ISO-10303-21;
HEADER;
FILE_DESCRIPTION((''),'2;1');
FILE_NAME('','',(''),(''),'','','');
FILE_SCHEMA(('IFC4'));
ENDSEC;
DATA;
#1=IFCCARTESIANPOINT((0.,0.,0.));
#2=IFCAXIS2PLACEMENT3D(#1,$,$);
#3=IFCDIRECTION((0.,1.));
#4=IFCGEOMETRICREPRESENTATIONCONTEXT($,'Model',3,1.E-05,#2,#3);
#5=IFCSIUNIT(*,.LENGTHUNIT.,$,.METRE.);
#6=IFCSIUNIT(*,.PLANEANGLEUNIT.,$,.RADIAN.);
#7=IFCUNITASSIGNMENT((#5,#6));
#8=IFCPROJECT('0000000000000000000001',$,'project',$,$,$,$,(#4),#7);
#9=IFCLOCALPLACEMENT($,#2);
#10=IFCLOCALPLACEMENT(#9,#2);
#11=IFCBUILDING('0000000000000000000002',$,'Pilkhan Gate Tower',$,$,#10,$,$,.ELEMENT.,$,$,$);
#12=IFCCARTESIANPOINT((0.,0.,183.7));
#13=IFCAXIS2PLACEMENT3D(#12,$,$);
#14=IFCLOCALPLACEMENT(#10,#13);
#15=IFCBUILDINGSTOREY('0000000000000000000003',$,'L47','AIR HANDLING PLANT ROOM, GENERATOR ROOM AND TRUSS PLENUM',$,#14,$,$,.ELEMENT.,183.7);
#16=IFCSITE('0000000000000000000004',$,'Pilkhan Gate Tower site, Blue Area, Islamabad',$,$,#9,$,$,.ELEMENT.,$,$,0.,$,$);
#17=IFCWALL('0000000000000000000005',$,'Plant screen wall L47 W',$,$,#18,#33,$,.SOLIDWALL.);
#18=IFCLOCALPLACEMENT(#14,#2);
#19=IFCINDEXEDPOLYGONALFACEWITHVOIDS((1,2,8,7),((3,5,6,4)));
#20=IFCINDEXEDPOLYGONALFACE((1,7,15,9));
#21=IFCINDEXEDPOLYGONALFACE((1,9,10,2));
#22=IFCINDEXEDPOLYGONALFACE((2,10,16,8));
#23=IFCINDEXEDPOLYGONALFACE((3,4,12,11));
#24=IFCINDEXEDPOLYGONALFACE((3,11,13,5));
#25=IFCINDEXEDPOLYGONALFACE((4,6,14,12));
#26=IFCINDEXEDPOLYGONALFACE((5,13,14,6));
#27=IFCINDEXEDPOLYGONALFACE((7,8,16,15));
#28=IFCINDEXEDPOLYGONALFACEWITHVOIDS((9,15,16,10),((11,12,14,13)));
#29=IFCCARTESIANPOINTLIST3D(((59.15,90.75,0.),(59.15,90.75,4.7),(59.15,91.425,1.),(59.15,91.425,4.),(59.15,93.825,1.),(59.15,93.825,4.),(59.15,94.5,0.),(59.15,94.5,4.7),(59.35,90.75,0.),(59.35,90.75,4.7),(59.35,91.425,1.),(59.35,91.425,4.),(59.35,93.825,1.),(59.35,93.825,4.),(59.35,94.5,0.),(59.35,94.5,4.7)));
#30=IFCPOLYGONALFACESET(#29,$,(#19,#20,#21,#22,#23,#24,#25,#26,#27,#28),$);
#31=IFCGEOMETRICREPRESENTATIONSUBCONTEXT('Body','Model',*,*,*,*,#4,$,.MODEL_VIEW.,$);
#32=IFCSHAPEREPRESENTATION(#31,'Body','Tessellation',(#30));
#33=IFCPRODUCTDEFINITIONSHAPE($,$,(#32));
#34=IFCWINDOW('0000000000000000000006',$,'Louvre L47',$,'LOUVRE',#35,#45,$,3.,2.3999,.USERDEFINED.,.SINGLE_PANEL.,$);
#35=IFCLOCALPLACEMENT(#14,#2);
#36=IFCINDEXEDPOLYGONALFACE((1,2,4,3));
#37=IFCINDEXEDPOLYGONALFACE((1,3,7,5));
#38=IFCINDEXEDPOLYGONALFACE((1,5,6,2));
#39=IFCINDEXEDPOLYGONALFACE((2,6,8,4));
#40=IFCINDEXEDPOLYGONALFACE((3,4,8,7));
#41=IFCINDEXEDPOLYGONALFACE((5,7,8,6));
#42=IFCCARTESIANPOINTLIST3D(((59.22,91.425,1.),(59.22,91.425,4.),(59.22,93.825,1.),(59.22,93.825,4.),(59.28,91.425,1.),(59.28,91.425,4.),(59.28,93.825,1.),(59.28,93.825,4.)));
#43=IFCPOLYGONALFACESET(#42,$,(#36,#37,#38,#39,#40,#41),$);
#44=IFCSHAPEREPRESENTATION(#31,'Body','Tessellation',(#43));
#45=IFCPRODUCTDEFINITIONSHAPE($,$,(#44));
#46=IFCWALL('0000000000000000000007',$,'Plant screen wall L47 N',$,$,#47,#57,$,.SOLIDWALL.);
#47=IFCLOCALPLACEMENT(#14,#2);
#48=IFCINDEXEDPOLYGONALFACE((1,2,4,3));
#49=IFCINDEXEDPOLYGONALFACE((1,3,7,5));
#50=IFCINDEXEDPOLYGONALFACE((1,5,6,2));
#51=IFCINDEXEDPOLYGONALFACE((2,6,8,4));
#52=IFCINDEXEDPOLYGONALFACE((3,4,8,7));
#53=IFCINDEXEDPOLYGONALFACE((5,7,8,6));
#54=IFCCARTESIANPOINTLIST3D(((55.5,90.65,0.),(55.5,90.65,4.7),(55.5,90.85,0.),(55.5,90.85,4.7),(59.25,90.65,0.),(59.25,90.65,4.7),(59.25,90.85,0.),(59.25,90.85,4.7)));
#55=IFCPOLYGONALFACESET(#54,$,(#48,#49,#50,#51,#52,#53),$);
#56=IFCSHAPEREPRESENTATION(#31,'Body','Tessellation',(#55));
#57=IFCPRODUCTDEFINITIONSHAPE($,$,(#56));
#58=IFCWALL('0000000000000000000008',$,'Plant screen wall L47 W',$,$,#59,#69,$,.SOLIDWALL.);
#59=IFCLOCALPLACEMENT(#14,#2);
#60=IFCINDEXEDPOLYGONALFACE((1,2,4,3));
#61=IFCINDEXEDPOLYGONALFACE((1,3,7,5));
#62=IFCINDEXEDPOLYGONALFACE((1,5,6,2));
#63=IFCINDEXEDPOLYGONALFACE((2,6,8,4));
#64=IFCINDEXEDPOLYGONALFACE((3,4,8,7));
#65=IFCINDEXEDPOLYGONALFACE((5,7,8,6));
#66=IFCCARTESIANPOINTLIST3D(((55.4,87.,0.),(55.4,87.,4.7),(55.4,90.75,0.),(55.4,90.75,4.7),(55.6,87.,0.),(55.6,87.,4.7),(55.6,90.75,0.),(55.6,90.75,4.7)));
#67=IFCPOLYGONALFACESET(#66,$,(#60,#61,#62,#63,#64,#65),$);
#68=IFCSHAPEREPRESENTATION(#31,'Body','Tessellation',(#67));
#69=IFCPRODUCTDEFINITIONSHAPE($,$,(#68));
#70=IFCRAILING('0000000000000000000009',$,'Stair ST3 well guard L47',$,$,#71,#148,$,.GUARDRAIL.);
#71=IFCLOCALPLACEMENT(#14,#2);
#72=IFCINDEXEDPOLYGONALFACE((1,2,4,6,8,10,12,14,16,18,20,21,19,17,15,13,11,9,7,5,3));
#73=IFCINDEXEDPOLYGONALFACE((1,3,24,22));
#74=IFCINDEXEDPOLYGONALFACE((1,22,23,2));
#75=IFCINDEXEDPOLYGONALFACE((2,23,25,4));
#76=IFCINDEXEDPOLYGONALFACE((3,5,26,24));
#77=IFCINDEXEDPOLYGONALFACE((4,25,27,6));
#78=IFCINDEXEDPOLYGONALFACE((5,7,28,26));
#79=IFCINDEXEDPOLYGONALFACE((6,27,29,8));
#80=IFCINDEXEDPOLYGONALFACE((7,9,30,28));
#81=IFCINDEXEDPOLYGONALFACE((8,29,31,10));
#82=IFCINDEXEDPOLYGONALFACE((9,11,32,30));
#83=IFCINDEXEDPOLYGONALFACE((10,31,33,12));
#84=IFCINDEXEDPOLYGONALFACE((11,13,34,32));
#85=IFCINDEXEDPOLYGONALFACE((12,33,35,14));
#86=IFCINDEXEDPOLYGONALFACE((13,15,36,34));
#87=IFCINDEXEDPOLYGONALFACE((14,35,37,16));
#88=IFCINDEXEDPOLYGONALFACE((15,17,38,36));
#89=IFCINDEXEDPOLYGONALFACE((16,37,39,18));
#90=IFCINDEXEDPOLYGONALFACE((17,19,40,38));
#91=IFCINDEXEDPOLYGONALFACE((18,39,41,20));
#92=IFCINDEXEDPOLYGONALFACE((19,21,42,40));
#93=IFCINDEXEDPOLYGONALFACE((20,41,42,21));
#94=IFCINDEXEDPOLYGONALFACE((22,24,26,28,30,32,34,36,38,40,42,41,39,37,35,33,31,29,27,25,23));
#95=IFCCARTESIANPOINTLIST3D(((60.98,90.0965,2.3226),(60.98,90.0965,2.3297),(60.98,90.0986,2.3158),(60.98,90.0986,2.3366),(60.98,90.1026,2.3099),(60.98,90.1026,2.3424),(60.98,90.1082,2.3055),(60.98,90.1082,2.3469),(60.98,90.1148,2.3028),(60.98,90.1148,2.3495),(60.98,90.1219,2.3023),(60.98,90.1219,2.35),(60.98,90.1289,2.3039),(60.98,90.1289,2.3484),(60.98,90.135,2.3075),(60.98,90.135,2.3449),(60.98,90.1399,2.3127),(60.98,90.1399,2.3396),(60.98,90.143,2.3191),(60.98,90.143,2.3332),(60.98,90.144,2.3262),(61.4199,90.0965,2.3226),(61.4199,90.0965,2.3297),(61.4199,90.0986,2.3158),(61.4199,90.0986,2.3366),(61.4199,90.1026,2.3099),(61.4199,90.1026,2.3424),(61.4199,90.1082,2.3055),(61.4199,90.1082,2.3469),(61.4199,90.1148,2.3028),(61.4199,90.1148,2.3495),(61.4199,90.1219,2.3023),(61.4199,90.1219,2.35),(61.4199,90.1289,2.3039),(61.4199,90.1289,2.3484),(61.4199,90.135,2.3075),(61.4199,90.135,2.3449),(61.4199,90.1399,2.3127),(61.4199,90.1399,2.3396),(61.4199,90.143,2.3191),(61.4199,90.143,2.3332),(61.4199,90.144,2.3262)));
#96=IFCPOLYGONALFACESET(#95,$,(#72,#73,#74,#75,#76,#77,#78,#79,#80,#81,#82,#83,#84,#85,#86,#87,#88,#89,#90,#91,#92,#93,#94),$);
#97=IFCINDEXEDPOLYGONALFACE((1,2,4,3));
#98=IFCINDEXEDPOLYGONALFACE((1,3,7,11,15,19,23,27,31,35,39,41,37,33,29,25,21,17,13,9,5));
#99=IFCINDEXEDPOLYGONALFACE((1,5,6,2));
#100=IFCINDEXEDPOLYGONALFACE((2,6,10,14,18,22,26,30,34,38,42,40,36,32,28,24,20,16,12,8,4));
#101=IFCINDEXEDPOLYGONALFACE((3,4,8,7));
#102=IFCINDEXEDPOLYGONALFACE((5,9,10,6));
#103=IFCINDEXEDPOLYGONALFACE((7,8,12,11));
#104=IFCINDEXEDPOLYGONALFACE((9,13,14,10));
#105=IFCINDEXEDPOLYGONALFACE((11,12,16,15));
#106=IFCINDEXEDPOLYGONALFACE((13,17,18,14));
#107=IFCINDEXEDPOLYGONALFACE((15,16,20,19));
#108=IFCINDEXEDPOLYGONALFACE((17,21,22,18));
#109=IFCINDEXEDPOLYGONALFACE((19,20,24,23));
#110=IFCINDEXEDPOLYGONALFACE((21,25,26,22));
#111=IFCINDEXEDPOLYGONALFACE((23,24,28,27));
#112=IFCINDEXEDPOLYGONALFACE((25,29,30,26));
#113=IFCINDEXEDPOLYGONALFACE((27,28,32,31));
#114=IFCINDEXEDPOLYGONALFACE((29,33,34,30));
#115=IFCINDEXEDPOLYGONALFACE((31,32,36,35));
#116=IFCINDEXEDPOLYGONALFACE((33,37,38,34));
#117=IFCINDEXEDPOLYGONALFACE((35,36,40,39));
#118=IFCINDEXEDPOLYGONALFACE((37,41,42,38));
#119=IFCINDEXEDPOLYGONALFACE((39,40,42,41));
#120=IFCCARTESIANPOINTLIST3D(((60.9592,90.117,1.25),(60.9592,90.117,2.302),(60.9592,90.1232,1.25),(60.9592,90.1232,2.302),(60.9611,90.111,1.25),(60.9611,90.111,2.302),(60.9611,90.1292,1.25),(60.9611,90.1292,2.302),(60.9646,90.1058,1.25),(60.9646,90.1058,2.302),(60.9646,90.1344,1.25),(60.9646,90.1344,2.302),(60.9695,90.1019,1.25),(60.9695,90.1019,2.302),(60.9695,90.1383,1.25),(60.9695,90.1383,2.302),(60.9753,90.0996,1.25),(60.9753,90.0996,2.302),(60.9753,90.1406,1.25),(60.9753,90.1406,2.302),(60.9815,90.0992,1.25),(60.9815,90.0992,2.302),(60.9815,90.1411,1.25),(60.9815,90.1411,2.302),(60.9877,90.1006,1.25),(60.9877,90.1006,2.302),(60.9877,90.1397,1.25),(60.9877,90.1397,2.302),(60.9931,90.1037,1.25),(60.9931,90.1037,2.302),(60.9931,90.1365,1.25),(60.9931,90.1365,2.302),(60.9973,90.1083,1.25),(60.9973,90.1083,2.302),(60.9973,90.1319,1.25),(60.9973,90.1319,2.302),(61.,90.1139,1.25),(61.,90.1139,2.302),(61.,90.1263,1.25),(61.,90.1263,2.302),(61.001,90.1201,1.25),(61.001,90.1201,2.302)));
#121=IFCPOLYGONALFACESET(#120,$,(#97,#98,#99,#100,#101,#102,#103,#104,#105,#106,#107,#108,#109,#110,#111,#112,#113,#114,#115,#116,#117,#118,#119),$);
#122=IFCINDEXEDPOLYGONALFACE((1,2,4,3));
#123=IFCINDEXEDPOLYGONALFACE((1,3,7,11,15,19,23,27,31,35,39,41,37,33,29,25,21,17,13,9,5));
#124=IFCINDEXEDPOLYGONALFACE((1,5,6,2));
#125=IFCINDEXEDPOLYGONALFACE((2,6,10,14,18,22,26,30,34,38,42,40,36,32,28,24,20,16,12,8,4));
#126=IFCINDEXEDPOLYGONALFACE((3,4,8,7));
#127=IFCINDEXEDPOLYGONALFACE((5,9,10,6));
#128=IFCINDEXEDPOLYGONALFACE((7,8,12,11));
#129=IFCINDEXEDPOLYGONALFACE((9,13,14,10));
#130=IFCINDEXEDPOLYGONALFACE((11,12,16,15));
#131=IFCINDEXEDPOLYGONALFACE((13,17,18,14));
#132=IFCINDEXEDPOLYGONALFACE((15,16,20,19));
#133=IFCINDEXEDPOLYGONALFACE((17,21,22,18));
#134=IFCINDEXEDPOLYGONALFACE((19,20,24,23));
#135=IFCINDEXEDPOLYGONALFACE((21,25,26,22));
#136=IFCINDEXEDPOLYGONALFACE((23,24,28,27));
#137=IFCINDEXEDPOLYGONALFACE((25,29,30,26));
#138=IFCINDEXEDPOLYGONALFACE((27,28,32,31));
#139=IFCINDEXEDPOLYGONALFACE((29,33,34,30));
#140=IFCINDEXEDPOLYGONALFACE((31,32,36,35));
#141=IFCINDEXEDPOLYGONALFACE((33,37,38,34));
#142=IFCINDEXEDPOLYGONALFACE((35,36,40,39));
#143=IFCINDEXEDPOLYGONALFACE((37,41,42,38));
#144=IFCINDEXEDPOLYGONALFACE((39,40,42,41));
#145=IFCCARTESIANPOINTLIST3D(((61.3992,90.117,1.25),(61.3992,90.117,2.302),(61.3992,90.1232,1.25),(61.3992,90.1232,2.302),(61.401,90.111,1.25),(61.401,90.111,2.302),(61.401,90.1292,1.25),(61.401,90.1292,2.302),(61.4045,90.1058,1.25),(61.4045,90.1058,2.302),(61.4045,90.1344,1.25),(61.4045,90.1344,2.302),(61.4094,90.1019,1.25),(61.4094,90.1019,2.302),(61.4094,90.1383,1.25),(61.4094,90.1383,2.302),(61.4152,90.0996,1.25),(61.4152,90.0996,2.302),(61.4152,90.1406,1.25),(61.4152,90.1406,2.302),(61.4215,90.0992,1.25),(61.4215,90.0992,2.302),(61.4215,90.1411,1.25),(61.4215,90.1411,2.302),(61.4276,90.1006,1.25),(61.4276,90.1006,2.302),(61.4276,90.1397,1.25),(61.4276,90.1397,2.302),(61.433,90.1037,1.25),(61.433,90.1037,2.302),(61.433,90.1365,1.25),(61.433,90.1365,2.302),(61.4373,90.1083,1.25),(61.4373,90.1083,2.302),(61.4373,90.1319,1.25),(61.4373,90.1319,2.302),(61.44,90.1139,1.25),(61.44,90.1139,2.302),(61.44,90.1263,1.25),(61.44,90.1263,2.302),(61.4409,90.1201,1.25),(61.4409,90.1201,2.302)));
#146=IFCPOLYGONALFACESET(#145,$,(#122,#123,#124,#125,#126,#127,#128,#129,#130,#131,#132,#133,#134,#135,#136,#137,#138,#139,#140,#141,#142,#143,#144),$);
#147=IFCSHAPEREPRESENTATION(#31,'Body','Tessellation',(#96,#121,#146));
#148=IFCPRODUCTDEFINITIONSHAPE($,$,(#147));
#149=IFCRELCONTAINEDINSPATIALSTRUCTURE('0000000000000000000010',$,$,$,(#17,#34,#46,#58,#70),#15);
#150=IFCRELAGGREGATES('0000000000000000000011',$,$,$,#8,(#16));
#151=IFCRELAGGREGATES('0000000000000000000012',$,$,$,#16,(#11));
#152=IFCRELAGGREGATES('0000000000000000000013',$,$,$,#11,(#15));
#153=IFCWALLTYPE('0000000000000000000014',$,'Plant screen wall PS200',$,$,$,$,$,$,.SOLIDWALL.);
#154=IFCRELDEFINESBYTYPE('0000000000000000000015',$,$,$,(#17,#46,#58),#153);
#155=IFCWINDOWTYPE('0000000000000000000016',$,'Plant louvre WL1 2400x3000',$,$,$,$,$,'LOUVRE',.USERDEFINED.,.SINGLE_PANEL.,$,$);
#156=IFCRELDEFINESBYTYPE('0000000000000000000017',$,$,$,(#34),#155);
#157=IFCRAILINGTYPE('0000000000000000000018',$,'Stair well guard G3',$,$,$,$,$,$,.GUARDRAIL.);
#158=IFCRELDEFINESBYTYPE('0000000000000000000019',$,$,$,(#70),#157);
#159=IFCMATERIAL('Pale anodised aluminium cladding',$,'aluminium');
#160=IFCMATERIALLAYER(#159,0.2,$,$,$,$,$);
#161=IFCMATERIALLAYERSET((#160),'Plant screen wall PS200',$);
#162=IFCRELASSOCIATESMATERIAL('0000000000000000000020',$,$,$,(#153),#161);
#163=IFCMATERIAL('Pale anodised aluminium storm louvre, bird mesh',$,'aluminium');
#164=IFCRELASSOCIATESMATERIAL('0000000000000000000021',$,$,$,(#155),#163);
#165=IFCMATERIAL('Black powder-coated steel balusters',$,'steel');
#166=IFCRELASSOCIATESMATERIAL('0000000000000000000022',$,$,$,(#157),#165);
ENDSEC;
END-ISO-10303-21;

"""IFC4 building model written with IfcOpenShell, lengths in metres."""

from ifc_helpers import new_model, si_unit, direction, frame, frame_2d, origin, origin_2d, place, context, subcontext, project, spatial, rectangle, circle, extrude, material, layer, layer_set, type_object, element, fill, save


model = new_model("IFC4")

# Units and contexts
model_context = context("Model", 3, precision=1e-05, world=origin(), true_north=direction((0.0, 1.0)))
body_context = subcontext(model_context, "Body", "Model", "MODEL_VIEW")
ifc_project = project(units=[si_unit("LENGTHUNIT", "METRE"), si_unit("PLANEANGLEUNIT", "RADIAN")], contexts=[model_context])

# Site, building, storey
site_placement = place(None, origin())
site = spatial("IfcSite", under=ifc_project, at=site_placement, Name="Pilkhan Gate Tower site, Blue Area, Islamabad", CompositionType="ELEMENT", RefElevation=0.0)
building_placement = place(site_placement, origin())
building = spatial("IfcBuilding", under=site, at=building_placement, Name="Pilkhan Gate Tower", CompositionType="ELEMENT")
storey_placement = place(building_placement, frame((0.0, 0.0, 183.7)))
storey = spatial("IfcBuildingStorey", under=building, at=storey_placement, Name="L47", Description="AIR HANDLING PLANT ROOM, GENERATOR ROOM AND TRUSS PLENUM", CompositionType="ELEMENT", Elevation=183.7)

# Shared definitions
ifc_material_1 = material(Name="Pale anodised aluminium cladding", Category="aluminium")
ifc_layer_1 = layer(ifc_material_1, 0.2)
ifc_layer_set_1 = layer_set([ifc_layer_1], Name="Plant screen wall PS200")
wall_type_1 = type_object("IfcWallType", Name="Plant screen wall PS200", PredefinedType="SOLIDWALL", material=ifc_layer_set_1)
ifc_material_2 = material(Name="Pale anodised aluminium storm louvre, bird mesh", Category="aluminium")
window_type = type_object("IfcWindowType", Name="Plant louvre WL1 2400x3000", ElementType="LOUVRE", PartitioningType="SINGLE_PANEL", PredefinedType="USERDEFINED", material=ifc_material_2)

# Wall, opening, window
wall_1_placement = place(storey_placement, frame((59.25, 90.75, 0.0), z_axis=(0.0, 0.0, 1.0), x_axis=(0.0, 1.0, 0.0)))
wall_1 = element("IfcWall", 1, at=wall_1_placement, inside=storey, type_object=wall_type_1, Name="Plant screen wall L47 W", PredefinedType="SOLIDWALL", context=body_context, shape_type="SweptSolid", body=[
    extrude(rectangle(XDim=3.75, YDim=0.2, at=frame_2d((1.875, 0.0))), origin(), (0.0, 0.0, 1.0), 4.7),
])
opening_1_placement = place(wall_1_placement, frame((0.675, 0.0, 1.0)))
opening_1 = element("IfcOpeningElement", 2, at=opening_1_placement, cuts=wall_1, PredefinedType="OPENING", context=body_context, shape_type="SweptSolid", body=[
    extrude(rectangle(XDim=2.3999, YDim=3.0, at=frame_2d((1.2, 1.5))), frame((0.0, 0.1099, 0.0), z_axis=(0.0, -1.0, 0.0), x_axis=(1.0, 0.0, 0.0)), (0.0, 0.0, 1.0), 0.22),
])
window_1_placement = place(opening_1_placement, origin())
window_1 = element("IfcWindow", 3, at=window_1_placement, inside=storey, type_object=window_type, Name="Louvre L47", ObjectType="LOUVRE", OverallHeight=3.0, OverallWidth=2.3999, PartitioningType="SINGLE_PANEL", PredefinedType="USERDEFINED", context=body_context, shape_type="SweptSolid", body=[
    extrude(rectangle(XDim=2.3999, YDim=3.0, at=frame_2d((1.2, 1.5))), frame((0.0, 0.03, 0.0), z_axis=(0.0, -1.0, 0.0), x_axis=(1.0, 0.0, 0.0)), (0.0, 0.0, 1.0), 0.0601),
])
fill(opening_1, window_1)

# Walls
for number, where, z_axis, x_axis, name in (
    (4, (55.5, 90.75, 0.0), (0.0, 0.0, 1.0), (1.0, 0.0, 0.0), "Plant screen wall L47 N"),
    (5, (55.5, 87.0, 0.0), (0.0, 0.0, 1.0), (0.0, 1.0, 0.0), "Plant screen wall L47 W"),
):
    element("IfcWall", number, at=place(storey_placement, frame(where, z_axis=z_axis, x_axis=x_axis)), inside=storey, type_object=wall_type_1, Name=name, PredefinedType="SOLIDWALL", context=body_context, shape_type="SweptSolid", body=[
        extrude(rectangle(XDim=3.75, YDim=0.2, at=frame_2d((1.875, 0.0))), origin(), (0.0, 0.0, 1.0), 4.7),
    ])

# Railing
ifc_material_3 = material(Name="Black powder-coated steel balusters", Category="steel")
railing_type = type_object("IfcRailingType", Name="Stair well guard G3", PredefinedType="GUARDRAIL", material=ifc_material_3)
for number, where, name in (
    (6, (60.98, 90.1201, 1.25), "Stair ST3 well guard L47"),
):
    element("IfcRailing", number, at=place(storey_placement, frame(where)), inside=storey, type_object=railing_type, Name=name, PredefinedType="GUARDRAIL", context=body_context, shape_type="SweptSolid", body=[
        extrude(circle(Radius=0.0239, at=origin_2d()), frame((0.0, 0.0, 1.0762), z_axis=(1.0, 0.0, 0.0), x_axis=(0.0, 1.0, 0.0)), (0.0, 0.0, 1.0), 0.4399),
        extrude(circle(Radius=0.021, at=origin_2d()), origin(), (0.0, 0.0, 1.0), 1.052),
        extrude(circle(Radius=0.021, at=origin_2d()), frame((0.4399, 0.0, 0.0)), (0.0, 0.0, 1.0), 1.052),
    ])

save(model, "model.ifc")
